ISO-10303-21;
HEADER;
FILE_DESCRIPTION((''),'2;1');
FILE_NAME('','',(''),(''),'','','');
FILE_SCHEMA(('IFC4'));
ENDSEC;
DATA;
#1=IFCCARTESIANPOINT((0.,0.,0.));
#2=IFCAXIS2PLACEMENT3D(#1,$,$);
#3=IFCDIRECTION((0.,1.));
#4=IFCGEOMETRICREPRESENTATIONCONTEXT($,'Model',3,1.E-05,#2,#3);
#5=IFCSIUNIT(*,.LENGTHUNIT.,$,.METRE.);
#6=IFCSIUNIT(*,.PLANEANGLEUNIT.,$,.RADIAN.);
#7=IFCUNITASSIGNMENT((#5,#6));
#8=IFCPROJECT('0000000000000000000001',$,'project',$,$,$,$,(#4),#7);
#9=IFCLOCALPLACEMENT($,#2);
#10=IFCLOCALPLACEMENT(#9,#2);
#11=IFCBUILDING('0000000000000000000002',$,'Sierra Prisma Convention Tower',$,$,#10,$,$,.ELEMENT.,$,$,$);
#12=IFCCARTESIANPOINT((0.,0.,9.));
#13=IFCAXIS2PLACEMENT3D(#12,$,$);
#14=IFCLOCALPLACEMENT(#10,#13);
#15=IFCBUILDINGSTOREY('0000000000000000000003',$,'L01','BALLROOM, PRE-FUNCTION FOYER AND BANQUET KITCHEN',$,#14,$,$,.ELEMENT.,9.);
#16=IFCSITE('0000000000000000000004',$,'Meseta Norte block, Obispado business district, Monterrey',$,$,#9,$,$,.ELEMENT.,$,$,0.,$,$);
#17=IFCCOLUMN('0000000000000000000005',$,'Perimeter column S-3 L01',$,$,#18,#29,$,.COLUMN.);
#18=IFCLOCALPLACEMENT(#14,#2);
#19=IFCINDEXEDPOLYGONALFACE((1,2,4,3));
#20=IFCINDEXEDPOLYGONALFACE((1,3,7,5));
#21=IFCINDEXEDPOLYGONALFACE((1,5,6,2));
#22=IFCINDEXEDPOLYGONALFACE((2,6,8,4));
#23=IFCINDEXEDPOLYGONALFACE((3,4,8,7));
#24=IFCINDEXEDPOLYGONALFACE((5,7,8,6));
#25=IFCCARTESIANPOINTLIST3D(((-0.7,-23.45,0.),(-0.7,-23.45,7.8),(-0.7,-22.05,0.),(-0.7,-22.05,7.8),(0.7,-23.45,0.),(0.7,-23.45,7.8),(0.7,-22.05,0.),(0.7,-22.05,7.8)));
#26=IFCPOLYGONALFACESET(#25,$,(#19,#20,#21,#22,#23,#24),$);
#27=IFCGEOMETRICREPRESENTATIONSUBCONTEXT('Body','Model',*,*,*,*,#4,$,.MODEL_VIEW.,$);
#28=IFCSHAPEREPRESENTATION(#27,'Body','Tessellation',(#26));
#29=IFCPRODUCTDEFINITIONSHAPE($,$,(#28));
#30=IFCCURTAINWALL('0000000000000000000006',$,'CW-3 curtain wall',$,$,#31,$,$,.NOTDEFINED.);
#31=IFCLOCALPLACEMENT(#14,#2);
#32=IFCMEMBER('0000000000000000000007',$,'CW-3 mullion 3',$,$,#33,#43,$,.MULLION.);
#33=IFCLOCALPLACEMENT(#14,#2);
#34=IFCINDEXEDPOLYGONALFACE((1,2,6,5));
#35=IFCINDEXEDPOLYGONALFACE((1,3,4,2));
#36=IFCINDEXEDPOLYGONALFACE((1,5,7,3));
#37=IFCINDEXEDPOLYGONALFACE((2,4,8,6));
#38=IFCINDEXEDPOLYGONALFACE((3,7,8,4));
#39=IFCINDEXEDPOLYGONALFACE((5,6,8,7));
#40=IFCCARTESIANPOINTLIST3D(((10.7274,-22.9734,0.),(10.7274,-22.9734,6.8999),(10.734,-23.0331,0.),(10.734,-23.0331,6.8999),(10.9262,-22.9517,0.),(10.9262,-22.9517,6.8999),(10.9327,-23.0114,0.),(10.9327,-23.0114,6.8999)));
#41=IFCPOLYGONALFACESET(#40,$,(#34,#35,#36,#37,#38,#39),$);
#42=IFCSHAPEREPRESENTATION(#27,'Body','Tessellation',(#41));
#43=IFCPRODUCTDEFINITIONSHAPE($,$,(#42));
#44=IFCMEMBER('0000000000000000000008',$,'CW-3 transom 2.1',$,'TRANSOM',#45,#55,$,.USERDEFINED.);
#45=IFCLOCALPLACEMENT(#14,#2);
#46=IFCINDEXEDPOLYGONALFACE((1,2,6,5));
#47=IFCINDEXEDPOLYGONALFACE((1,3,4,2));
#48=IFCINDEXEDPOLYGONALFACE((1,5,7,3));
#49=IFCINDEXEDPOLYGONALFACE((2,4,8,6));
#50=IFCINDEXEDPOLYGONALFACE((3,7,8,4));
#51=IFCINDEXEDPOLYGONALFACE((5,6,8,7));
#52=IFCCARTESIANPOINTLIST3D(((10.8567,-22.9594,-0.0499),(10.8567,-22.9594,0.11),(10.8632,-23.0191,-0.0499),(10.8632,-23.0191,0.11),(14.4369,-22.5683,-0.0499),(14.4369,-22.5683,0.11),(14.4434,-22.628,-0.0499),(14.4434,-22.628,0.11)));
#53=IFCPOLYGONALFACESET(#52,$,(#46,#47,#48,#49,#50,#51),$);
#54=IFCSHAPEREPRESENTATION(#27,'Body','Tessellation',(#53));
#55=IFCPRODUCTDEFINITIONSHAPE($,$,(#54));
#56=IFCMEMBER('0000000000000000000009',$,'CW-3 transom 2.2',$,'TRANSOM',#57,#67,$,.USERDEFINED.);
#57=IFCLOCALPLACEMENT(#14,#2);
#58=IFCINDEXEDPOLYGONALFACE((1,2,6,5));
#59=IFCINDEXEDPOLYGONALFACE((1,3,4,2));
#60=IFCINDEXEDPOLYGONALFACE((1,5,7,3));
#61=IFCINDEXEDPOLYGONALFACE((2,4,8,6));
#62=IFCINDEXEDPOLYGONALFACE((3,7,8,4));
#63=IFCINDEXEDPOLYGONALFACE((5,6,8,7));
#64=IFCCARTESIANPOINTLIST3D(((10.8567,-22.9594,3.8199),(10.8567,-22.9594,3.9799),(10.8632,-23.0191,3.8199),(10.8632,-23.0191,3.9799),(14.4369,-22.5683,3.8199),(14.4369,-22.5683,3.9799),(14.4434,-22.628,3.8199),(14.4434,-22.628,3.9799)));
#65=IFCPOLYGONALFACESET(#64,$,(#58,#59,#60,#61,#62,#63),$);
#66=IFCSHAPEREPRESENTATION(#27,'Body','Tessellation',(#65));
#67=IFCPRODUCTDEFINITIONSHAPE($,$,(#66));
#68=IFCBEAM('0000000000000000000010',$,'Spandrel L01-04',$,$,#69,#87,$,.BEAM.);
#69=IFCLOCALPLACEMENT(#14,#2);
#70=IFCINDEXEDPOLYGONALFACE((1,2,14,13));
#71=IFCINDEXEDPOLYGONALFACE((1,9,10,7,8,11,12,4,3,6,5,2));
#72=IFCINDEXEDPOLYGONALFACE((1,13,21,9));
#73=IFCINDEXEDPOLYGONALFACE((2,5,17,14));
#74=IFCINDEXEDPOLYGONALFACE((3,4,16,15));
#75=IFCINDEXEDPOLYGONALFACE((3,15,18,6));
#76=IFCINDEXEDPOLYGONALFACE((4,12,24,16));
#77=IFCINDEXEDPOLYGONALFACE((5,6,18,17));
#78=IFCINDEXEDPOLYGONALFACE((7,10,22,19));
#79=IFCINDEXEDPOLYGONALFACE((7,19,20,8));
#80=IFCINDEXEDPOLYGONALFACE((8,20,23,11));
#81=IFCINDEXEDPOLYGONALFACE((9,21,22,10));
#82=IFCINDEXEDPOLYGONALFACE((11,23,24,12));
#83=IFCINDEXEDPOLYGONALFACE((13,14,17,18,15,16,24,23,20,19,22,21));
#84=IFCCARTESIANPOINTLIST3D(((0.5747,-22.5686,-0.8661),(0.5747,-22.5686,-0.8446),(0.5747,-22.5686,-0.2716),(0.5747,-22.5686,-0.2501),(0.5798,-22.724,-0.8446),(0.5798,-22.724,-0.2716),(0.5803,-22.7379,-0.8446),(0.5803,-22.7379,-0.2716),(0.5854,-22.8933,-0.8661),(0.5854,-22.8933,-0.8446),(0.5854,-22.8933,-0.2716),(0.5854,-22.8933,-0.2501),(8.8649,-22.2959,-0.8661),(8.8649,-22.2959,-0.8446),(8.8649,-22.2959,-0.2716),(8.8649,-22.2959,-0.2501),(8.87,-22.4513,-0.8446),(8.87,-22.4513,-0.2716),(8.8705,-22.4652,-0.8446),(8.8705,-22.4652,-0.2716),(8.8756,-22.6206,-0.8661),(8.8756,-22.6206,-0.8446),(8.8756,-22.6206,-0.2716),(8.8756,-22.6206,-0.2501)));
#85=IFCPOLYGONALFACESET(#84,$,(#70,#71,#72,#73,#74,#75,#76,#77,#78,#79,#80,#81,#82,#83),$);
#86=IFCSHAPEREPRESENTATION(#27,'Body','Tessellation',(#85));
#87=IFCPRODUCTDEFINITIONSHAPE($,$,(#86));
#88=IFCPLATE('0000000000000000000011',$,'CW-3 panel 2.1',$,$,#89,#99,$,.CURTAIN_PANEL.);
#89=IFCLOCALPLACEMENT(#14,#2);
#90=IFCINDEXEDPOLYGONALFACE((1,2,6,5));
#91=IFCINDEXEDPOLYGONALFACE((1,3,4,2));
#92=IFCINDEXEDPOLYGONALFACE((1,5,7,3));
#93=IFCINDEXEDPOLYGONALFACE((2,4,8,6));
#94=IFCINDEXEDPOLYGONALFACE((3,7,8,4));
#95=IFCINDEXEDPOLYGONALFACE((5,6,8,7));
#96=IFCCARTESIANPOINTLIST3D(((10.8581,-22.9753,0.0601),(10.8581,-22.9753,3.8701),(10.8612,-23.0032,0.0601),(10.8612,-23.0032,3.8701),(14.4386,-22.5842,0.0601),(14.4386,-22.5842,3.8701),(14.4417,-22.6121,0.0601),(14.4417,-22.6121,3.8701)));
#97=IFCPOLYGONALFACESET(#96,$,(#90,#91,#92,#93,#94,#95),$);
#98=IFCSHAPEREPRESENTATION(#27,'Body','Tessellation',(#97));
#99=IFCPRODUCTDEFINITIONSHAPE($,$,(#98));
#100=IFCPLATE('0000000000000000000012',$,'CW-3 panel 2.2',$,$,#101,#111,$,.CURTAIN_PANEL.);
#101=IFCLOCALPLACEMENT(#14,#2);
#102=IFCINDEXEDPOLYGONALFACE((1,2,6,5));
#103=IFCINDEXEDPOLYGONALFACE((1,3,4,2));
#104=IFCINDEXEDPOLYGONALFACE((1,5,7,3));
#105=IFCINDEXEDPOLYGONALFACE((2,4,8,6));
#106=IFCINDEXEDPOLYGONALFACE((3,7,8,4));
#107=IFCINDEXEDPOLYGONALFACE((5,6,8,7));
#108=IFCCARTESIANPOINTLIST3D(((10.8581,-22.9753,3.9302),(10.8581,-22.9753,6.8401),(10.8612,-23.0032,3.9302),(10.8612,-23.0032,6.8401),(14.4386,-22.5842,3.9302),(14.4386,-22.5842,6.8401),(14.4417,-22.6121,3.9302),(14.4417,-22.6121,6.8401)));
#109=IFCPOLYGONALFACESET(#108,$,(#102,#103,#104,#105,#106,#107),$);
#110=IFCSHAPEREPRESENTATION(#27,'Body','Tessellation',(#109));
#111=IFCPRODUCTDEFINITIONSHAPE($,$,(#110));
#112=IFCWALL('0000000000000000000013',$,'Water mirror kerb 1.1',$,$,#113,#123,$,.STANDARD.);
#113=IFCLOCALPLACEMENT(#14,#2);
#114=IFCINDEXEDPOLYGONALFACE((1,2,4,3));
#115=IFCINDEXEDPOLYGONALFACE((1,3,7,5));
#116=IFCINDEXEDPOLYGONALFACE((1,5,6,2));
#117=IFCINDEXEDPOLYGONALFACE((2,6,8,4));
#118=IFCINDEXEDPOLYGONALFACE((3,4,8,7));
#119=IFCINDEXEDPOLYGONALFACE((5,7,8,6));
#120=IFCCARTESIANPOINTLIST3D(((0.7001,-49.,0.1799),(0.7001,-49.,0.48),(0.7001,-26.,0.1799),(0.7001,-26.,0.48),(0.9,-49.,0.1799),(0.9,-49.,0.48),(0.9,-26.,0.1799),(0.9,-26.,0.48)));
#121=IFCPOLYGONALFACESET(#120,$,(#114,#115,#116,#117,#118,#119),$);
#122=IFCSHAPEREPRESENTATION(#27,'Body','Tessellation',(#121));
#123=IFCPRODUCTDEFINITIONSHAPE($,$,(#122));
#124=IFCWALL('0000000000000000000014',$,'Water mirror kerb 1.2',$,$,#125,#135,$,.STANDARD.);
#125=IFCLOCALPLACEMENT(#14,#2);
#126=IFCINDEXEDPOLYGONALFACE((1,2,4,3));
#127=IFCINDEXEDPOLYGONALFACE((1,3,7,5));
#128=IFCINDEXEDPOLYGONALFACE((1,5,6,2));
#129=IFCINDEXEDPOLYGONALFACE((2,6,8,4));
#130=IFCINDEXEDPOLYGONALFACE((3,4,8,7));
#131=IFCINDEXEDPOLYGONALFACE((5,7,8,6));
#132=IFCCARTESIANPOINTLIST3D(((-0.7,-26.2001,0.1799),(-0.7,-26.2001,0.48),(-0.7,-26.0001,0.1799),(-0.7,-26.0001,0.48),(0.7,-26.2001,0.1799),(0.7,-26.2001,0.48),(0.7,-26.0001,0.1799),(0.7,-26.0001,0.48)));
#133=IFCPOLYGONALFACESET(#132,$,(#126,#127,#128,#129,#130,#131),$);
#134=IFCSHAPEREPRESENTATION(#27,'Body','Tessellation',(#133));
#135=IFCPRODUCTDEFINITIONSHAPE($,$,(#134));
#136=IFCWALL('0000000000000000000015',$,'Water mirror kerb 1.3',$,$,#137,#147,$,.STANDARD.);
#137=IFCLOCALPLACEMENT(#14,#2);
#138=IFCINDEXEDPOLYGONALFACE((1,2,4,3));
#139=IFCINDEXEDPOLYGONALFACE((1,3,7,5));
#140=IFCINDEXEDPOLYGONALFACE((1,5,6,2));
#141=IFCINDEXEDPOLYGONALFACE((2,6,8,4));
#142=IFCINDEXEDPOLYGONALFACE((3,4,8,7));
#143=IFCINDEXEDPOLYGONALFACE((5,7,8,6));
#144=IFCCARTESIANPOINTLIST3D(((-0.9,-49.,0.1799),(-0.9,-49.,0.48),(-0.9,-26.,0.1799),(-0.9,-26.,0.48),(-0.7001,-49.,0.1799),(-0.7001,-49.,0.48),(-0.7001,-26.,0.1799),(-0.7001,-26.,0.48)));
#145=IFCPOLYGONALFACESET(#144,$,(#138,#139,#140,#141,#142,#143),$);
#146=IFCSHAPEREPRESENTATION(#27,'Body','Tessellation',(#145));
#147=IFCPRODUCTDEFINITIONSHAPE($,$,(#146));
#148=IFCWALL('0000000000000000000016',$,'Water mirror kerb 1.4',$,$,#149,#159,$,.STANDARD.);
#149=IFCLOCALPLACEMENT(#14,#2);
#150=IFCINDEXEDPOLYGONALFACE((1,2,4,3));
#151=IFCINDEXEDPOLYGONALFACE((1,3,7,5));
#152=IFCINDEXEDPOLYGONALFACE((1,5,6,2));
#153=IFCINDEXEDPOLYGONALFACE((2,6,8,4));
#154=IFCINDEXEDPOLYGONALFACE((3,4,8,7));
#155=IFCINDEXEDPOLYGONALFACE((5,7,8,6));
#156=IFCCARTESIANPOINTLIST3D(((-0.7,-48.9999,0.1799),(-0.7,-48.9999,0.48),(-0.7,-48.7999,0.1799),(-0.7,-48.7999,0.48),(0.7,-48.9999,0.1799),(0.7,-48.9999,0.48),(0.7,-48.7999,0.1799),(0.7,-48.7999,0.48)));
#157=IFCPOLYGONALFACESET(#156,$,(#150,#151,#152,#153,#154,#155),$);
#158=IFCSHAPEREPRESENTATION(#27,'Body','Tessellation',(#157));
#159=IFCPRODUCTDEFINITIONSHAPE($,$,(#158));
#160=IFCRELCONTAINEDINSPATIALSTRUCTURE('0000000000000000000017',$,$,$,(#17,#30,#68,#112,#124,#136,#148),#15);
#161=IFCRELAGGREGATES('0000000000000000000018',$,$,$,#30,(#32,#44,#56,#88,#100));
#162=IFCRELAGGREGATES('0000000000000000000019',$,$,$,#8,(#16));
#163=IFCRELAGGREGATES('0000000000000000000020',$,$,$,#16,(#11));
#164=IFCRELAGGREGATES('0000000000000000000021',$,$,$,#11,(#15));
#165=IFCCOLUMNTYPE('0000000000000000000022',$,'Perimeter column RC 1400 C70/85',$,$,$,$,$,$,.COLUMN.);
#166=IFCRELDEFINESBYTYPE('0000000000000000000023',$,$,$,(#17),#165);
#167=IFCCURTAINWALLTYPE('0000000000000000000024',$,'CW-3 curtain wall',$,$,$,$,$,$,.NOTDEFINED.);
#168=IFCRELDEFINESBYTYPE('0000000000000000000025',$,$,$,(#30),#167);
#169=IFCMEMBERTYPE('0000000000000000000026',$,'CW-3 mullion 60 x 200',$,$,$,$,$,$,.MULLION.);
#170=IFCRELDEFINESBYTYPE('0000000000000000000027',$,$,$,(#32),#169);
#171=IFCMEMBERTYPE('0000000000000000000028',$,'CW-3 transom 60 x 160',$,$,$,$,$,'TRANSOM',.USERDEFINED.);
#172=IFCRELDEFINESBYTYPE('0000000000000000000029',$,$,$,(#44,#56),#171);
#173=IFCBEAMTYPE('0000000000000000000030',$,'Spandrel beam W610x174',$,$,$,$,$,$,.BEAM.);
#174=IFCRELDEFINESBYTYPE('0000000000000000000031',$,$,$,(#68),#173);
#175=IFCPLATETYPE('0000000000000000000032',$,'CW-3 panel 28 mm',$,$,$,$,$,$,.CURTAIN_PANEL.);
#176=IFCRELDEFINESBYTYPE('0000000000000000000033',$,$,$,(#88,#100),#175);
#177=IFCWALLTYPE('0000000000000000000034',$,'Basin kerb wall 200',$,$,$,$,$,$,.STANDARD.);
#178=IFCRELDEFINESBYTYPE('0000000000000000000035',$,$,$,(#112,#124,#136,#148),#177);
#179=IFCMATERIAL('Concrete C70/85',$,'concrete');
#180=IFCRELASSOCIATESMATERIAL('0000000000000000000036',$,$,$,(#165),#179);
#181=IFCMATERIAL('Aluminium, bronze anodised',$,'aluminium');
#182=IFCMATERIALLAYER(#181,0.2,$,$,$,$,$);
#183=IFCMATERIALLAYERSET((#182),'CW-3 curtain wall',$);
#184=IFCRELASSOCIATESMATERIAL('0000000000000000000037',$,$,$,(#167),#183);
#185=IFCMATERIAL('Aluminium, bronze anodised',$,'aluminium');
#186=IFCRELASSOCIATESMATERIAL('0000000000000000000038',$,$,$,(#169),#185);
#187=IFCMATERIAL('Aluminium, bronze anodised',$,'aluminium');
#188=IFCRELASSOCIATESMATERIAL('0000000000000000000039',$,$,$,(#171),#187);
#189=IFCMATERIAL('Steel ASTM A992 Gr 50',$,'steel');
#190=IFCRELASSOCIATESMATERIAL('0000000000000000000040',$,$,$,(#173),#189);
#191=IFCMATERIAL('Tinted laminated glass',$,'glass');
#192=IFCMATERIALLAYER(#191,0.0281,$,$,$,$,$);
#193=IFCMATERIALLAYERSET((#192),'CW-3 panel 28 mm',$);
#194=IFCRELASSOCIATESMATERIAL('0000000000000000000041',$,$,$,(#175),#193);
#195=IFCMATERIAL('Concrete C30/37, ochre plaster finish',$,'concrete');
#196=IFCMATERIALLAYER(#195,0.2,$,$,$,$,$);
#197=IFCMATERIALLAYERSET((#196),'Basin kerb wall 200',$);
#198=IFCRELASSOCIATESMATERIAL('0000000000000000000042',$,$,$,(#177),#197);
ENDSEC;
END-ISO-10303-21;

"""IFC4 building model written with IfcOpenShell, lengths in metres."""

from ifc_helpers import new_model, si_unit, direction, frame, frame_2d, origin, origin_2d, place, context, subcontext, project, spatial, rectangle, i_section, extrude, material, layer, layer_set, material_profile, profile_set, type_object, element, aggregate, save


model = new_model("IFC4")

# Units and contexts
model_context = context("Model", 3, precision=1e-05, world=origin(), true_north=direction((0.0, 1.0)))
body_context = subcontext(model_context, "Body", "Model", "MODEL_VIEW")
ifc_project = project(units=[si_unit("LENGTHUNIT", "METRE"), si_unit("PLANEANGLEUNIT", "RADIAN")], contexts=[model_context])

# Site, building, storey
site_placement = place(None, origin())
site = spatial("IfcSite", under=ifc_project, at=site_placement, Name="Meseta Norte block, Obispado business district, Monterrey", CompositionType="ELEMENT", RefElevation=0.0)
building_placement = place(site_placement, origin())
building = spatial("IfcBuilding", under=site, at=building_placement, Name="Sierra Prisma Convention Tower", CompositionType="ELEMENT")
storey_placement = place(building_placement, frame((0.0, 0.0, 9.0)))
storey = spatial("IfcBuildingStorey", under=building, at=storey_placement, Name="L01", Description="BALLROOM, PRE-FUNCTION FOYER AND BANQUET KITCHEN", CompositionType="ELEMENT", Elevation=9.0)

# Column
ifc_material_1 = material(Name="Concrete C70/85", Category="concrete")
ifc_material_profile_1 = material_profile(ifc_material_1, rectangle(XDim=1.3999, YDim=1.3999, at=origin_2d()), Name="Perimeter column RC 1400 C70/85")
ifc_profile_set_1 = profile_set([ifc_material_profile_1], Name="Concrete C70/85")
column_type = type_object("IfcColumnType", Name="Perimeter column RC 1400 C70/85", PredefinedType="COLUMN", material=ifc_profile_set_1)
column_placement = place(storey_placement, frame((0.0, -22.75, 0.0), z_axis=(0.0, 0.0, 1.0), x_axis=(1.0, 0.0, 0.0)))
element("IfcColumn", 1, at=column_placement, inside=storey, type_object=column_type, Name="Perimeter column S-3 L01", PredefinedType="COLUMN", context=body_context, shape_type="SweptSolid", body=[
    extrude(rectangle(XDim=1.3999, YDim=1.3999, at=origin_2d()), origin(), (0.0, 0.0, 1.0), 7.8),
])

# Curtain wall, members
ifc_material_2 = material(Name="Aluminium, bronze anodised", Category="aluminium")
ifc_layer_1 = layer(ifc_material_2, 0.2)
ifc_layer_set_1 = layer_set([ifc_layer_1], Name="CW-3 curtain wall")
curtain_wall_type = type_object("IfcCurtainWallType", Name="CW-3 curtain wall", PredefinedType="NOTDEFINED", material=ifc_layer_set_1)
curtain_wall_placement = place(storey_placement, origin())
curtain_wall = element("IfcCurtainWall", 2, at=curtain_wall_placement, inside=storey, type_object=curtain_wall_type, Name="CW-3 curtain wall", PredefinedType="NOTDEFINED")
ifc_material_3 = material(Name="Aluminium, bronze anodised", Category="aluminium")
ifc_material_profile_2 = material_profile(ifc_material_3, rectangle(XDim=0.0601, YDim=0.2, at=origin_2d()), Name="CW-3 mullion 60 x 200")
ifc_profile_set_2 = profile_set([ifc_material_profile_2], Name="Aluminium, bronze anodised")
member_type_1 = type_object("IfcMemberType", Name="CW-3 mullion 60 x 200", PredefinedType="MULLION", material=ifc_profile_set_2)
member_1_placement = place(storey_placement, frame((10.8301, -22.9924, 0.0), z_axis=(0.0, 0.0, 1.0), x_axis=(0.108607, -0.994085, 0.0)))
member_1 = element("IfcMember", 3, at=member_1_placement, type_object=member_type_1, Name="CW-3 mullion 3", PredefinedType="MULLION", context=body_context, shape_type="SweptSolid", body=[
    extrude(rectangle(XDim=0.0601, YDim=0.2, at=origin_2d()), origin(), (0.0, 0.0, 1.0), 6.8999),
])
ifc_material_4 = material(Name="Aluminium, bronze anodised", Category="aluminium")
ifc_material_profile_3 = material_profile(ifc_material_4, rectangle(XDim=0.0601, YDim=0.1599, at=origin_2d()), Name="CW-3 transom 60 x 160")
ifc_profile_set_3 = profile_set([ifc_material_profile_3], Name="Aluminium, bronze anodised")
member_type_2 = type_object("IfcMemberType", Name="CW-3 transom 60 x 160", ElementType="TRANSOM", PredefinedType="USERDEFINED", material=ifc_profile_set_3)
member_2_placement = place(storey_placement, frame((14.4402, -22.5981, 0.03), z_axis=(-0.994086, -0.108594, 0.0), x_axis=(0.108594, -0.994086, 0.0)))
member_2 = element("IfcMember", 4, at=member_2_placement, type_object=member_type_2, Name="CW-3 transom 2.1", ObjectType="TRANSOM", PredefinedType="USERDEFINED", context=body_context, shape_type="SweptSolid", body=[
    extrude(rectangle(XDim=0.0601, YDim=0.1599, at=origin_2d()), origin(), (0.0, 0.0, 1.0), 3.6016),
])
member_3_placement = place(storey_placement, frame((14.4402, -22.5981, 3.8999), z_axis=(-0.994086, -0.108594, 0.0), x_axis=(0.108594, -0.994086, 0.0)))
member_3 = element("IfcMember", 5, at=member_3_placement, type_object=member_type_2, Name="CW-3 transom 2.2", ObjectType="TRANSOM", PredefinedType="USERDEFINED", context=body_context, shape_type="SweptSolid", body=[
    extrude(rectangle(XDim=0.0601, YDim=0.1599, at=origin_2d()), origin(), (0.0, 0.0, 1.0), 3.6016),
])

# Beam
ifc_material_5 = material(Name="Steel ASTM A992 Gr 50", Category="steel")
ifc_material_profile_4 = material_profile(ifc_material_5, i_section(OverallWidth=0.325, OverallDepth=0.616, WebThickness=0.0139, FlangeThickness=0.0215, at=origin_2d()), Name="W610x174")
ifc_profile_set_4 = profile_set([ifc_material_profile_4], Name="Steel ASTM A992 Gr 50")
beam_type = type_object("IfcBeamType", Name="Spandrel beam W610x174", PredefinedType="BEAM", material=ifc_profile_set_4)
beam_placement = place(storey_placement, frame((0.5801, -22.731, -0.5581), z_axis=(0.999459, 0.032877, 0.0), x_axis=(-0.032877, 0.999459, 0.0)))
element("IfcBeam", 6, at=beam_placement, inside=storey, type_object=beam_type, Name="Spandrel L01-04", PredefinedType="BEAM", context=body_context, shape_type="SweptSolid", body=[
    extrude(i_section(OverallWidth=0.325, OverallDepth=0.616, WebThickness=0.0139, FlangeThickness=0.0215, at=origin_2d()), origin(), (0.0, 0.0, 1.0), 8.2947),
])

# Plates
ifc_material_6 = material(Name="Tinted laminated glass", Category="glass")
ifc_layer_2 = layer(ifc_material_6, 0.0281)
ifc_layer_set_2 = layer_set([ifc_layer_2], Name="CW-3 panel 28 mm")
plate_type = type_object("IfcPlateType", Name="CW-3 panel 28 mm", PredefinedType="CURTAIN_PANEL", material=ifc_layer_set_2)
plate_1_placement = place(storey_placement, frame((12.6499, -22.7937, 0.0601), z_axis=(0.0, 0.0, 1.0), x_axis=(-0.994085, -0.108607, 0.0)))
plate_1 = element("IfcPlate", 7, at=plate_1_placement, type_object=plate_type, Name="CW-3 panel 2.1", PredefinedType="CURTAIN_PANEL", context=body_context, shape_type="SweptSolid", body=[
    extrude(rectangle(XDim=3.6018, YDim=0.0281, at=origin_2d()), origin(), (0.0, 0.0, 1.0), 3.8101),
])
plate_2_placement = place(storey_placement, frame((12.6499, -22.7937, 3.9302), z_axis=(0.0, 0.0, 1.0), x_axis=(-0.994085, -0.108607, 0.0)))
plate_2 = element("IfcPlate", 8, at=plate_2_placement, type_object=plate_type, Name="CW-3 panel 2.2", PredefinedType="CURTAIN_PANEL", context=body_context, shape_type="SweptSolid", body=[
    extrude(rectangle(XDim=3.6018, YDim=0.0281, at=origin_2d()), origin(), (0.0, 0.0, 1.0), 2.9099),
])
aggregate(curtain_wall, [member_1, member_2, member_3, plate_1, plate_2])

# Walls
ifc_material_7 = material(Name="Concrete C30/37, ochre plaster finish", Category="concrete")
ifc_layer_3 = layer(ifc_material_7, 0.2)
ifc_layer_set_3 = layer_set([ifc_layer_3], Name="Basin kerb wall 200")
wall_type_1 = type_object("IfcWallType", Name="Basin kerb wall 200", PredefinedType="STANDARD", material=ifc_layer_set_3)
wall_1_placement = place(storey_placement, frame((0.8, -49.0, 0.1799), z_axis=(0.0, 0.0, 1.0), x_axis=(0.0, 1.0, 0.0)))
element("IfcWall", 9, at=wall_1_placement, inside=storey, type_object=wall_type_1, Name="Water mirror kerb 1.1", PredefinedType="STANDARD", context=body_context, shape_type="SweptSolid", body=[
    extrude(rectangle(XDim=23.0, YDim=0.2, at=frame_2d((11.5, 0.0))), origin(), (0.0, 0.0, 1.0), 0.3),
])
wall_2_placement = place(storey_placement, frame((0.7, -26.1001, 0.1799), z_axis=(0.0, 0.0, 1.0), x_axis=(-1.0, 0.0, 0.0)))
element("IfcWall", 10, at=wall_2_placement, inside=storey, type_object=wall_type_1, Name="Water mirror kerb 1.2", PredefinedType="STANDARD", context=body_context, shape_type="SweptSolid", body=[
    extrude(rectangle(XDim=1.3999, YDim=0.2, at=frame_2d((0.7, 0.0))), origin(), (0.0, 0.0, 1.0), 0.3),
])
wall_3_placement = place(storey_placement, frame((-0.8, -26.0, 0.1799), z_axis=(0.0, 0.0, 1.0), x_axis=(0.0, -1.0, 0.0)))
element("IfcWall", 11, at=wall_3_placement, inside=storey, type_object=wall_type_1, Name="Water mirror kerb 1.3", PredefinedType="STANDARD", context=body_context, shape_type="SweptSolid", body=[
    extrude(rectangle(XDim=23.0, YDim=0.2, at=frame_2d((11.5, 0.0))), origin(), (0.0, 0.0, 1.0), 0.3),
])
wall_4_placement = place(storey_placement, frame((-0.7, -48.8999, 0.1799), z_axis=(0.0, 0.0, 1.0), x_axis=(1.0, 0.0, 0.0)))
element("IfcWall", 12, at=wall_4_placement, inside=storey, type_object=wall_type_1, Name="Water mirror kerb 1.4", PredefinedType="STANDARD", context=body_context, shape_type="SweptSolid", body=[
    extrude(rectangle(XDim=1.3999, YDim=0.2, at=frame_2d((0.7, 0.0))), origin(), (0.0, 0.0, 1.0), 0.3),
])

save(model, "model.ifc")
